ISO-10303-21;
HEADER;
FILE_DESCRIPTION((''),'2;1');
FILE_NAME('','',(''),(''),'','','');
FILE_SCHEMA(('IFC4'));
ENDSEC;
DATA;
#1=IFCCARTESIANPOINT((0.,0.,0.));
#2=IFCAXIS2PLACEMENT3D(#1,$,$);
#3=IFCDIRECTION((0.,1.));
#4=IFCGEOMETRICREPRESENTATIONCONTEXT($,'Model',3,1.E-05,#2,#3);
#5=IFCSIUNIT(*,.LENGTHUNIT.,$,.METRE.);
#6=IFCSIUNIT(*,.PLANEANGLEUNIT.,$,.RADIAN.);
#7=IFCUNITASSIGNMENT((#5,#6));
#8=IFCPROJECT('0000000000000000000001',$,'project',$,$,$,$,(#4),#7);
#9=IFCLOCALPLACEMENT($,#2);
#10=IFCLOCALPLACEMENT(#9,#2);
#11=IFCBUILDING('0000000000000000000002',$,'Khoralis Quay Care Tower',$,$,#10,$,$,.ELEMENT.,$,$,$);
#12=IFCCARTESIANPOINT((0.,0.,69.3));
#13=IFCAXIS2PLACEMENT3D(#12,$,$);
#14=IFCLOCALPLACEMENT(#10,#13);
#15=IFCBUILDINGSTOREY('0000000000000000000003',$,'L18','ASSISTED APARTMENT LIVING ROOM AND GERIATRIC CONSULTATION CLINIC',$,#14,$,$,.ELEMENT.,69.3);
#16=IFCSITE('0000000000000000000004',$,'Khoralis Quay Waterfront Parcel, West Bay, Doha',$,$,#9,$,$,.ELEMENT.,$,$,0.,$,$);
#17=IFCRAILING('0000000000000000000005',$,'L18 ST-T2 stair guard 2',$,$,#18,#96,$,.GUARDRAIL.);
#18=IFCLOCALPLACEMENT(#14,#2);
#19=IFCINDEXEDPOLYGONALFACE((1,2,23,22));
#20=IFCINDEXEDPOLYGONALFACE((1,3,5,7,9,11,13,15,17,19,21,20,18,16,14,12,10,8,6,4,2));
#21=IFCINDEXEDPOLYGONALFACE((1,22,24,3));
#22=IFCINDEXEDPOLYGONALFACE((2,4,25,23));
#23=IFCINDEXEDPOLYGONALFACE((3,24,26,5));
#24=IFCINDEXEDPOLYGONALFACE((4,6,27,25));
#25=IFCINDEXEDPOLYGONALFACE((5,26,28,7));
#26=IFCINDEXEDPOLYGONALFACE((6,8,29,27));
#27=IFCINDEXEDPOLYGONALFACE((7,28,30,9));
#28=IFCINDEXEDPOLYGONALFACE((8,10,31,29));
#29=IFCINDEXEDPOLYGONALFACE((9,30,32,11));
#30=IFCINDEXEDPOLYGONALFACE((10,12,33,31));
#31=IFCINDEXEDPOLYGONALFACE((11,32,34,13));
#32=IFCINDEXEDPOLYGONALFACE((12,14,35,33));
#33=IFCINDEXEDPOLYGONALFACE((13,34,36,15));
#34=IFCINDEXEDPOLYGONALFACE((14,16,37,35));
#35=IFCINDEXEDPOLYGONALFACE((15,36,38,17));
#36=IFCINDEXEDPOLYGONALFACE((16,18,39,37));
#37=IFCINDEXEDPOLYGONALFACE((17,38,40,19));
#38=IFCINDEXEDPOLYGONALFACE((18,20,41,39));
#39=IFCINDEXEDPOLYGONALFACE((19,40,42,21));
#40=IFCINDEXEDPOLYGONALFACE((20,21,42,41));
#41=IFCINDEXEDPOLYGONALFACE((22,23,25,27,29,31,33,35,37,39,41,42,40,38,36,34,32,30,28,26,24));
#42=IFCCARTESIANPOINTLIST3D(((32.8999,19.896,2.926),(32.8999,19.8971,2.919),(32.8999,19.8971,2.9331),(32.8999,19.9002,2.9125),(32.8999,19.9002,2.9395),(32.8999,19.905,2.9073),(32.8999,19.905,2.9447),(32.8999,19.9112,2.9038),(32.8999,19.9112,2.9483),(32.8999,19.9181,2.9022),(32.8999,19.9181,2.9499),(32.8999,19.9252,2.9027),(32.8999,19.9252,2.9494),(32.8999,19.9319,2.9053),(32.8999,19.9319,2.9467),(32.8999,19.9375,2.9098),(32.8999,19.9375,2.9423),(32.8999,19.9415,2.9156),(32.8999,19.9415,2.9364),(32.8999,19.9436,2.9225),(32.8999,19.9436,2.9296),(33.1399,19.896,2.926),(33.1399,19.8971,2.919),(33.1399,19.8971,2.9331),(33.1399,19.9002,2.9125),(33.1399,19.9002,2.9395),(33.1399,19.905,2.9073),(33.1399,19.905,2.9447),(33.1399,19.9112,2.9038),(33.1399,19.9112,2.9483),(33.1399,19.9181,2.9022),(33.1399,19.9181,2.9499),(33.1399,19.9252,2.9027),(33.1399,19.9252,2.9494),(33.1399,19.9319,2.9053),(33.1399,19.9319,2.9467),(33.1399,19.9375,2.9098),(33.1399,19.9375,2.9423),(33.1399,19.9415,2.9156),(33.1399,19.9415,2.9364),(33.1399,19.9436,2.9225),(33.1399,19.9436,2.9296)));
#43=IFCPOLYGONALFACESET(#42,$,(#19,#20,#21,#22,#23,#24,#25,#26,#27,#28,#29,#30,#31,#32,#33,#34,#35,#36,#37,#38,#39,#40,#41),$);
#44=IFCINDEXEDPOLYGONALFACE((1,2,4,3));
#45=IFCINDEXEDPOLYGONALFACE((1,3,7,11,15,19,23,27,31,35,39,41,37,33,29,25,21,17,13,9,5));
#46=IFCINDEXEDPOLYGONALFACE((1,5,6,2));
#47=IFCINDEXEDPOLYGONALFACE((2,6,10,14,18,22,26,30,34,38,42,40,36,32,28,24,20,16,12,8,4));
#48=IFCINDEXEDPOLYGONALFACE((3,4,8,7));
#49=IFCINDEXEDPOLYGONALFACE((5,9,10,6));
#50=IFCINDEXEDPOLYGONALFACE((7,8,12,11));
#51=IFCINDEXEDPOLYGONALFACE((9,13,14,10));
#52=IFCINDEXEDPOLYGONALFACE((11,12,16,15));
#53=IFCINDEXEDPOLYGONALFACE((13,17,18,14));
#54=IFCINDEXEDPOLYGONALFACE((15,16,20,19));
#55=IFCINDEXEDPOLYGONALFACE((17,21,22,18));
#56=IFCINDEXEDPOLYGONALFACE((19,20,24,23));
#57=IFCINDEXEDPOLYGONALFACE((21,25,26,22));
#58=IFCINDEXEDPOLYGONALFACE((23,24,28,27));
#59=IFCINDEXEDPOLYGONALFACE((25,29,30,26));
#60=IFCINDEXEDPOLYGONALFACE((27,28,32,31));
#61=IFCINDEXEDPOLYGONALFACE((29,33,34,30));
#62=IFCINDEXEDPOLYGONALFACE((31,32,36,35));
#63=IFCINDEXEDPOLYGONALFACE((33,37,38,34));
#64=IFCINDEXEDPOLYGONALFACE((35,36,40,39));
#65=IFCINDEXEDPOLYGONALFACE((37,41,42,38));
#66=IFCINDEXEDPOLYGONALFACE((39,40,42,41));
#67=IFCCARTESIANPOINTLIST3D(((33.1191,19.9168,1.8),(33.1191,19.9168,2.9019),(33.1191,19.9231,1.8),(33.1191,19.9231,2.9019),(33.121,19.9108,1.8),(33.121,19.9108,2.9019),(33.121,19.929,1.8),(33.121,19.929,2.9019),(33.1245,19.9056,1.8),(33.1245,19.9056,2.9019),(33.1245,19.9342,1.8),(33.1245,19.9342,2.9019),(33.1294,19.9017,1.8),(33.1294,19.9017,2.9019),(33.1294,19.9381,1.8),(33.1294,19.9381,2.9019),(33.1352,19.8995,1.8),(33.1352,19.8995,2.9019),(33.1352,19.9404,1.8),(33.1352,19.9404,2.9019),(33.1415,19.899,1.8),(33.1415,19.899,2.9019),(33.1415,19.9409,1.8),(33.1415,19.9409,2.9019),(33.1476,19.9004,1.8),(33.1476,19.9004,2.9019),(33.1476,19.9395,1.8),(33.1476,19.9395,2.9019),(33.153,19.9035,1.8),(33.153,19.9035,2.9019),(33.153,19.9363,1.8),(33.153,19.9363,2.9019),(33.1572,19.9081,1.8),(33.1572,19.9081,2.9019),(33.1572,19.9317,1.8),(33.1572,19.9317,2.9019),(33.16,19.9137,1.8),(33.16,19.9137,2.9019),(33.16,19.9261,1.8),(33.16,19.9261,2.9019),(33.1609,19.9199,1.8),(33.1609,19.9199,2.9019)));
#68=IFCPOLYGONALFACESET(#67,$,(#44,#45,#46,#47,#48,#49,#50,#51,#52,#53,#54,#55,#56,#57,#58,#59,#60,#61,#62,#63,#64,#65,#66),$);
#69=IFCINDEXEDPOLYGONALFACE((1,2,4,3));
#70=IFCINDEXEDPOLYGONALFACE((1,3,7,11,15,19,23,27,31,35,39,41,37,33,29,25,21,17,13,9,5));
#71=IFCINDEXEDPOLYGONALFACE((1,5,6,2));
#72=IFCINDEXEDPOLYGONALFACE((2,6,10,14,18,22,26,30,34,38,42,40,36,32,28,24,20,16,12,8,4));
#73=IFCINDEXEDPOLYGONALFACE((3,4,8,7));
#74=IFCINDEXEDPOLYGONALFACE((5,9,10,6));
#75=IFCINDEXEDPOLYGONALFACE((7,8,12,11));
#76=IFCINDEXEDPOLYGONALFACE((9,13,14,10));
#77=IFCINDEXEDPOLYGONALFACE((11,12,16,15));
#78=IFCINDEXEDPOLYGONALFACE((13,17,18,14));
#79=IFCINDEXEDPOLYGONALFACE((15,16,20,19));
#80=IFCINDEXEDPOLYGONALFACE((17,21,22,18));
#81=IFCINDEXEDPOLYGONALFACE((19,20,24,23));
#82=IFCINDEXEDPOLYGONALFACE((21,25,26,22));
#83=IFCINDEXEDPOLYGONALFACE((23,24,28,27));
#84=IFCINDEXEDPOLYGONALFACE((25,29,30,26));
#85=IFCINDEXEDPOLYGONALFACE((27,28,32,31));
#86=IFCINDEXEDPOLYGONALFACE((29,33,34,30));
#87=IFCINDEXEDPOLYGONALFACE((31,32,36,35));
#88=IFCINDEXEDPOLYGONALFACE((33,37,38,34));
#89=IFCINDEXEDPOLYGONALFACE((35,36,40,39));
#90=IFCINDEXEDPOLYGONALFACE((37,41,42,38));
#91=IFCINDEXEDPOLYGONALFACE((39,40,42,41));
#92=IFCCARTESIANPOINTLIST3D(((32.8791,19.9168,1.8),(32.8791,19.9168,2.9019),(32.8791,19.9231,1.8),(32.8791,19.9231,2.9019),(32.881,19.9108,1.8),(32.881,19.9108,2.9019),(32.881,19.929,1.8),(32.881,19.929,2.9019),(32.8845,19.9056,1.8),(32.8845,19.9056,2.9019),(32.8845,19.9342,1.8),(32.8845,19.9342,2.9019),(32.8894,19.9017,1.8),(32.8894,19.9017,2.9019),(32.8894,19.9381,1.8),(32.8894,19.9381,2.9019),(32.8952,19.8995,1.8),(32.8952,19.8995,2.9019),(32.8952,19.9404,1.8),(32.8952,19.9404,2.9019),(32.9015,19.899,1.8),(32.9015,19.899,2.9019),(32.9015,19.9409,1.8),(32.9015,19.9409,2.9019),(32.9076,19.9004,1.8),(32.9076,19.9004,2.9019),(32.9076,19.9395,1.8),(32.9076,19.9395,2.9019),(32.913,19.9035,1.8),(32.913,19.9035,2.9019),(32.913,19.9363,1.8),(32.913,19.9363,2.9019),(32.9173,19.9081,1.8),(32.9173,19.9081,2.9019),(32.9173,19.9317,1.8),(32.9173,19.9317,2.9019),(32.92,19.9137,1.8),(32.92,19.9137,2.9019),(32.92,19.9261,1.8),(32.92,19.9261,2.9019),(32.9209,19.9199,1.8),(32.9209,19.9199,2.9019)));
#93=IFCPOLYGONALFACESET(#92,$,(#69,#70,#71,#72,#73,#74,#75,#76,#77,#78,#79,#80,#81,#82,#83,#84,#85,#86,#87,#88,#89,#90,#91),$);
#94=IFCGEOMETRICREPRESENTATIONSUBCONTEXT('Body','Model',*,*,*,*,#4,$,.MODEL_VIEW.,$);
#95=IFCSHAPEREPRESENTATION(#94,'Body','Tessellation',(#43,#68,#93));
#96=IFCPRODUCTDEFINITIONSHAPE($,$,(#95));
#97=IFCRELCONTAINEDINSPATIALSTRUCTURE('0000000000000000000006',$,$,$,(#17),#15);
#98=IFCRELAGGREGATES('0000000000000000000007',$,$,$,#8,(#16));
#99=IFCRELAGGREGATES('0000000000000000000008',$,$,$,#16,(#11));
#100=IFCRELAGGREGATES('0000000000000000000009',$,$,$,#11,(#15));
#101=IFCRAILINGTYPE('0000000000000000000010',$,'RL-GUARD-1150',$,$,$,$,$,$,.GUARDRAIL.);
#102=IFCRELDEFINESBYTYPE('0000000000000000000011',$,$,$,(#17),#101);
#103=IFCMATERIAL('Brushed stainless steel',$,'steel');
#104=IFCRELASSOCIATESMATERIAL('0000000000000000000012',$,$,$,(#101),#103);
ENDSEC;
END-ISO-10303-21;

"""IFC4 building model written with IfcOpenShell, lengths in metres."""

from ifc_helpers import new_model, si_unit, direction, frame, origin, origin_2d, place, context, subcontext, project, spatial, circle, extrude, material, type_object, element, save


model = new_model("IFC4")

# Units and contexts
model_context = context("Model", 3, precision=1e-05, world=origin(), true_north=direction((0.0, 1.0)))
body_context = subcontext(model_context, "Body", "Model", "MODEL_VIEW")
ifc_project = project(units=[si_unit("LENGTHUNIT", "METRE"), si_unit("PLANEANGLEUNIT", "RADIAN")], contexts=[model_context])

# Site, building, storey
site_placement = place(None, origin())
site = spatial("IfcSite", under=ifc_project, at=site_placement, Name="Khoralis Quay Waterfront Parcel, West Bay, Doha", CompositionType="ELEMENT", RefElevation=0.0)
building_placement = place(site_placement, origin())
building = spatial("IfcBuilding", under=site, at=building_placement, Name="Khoralis Quay Care Tower", CompositionType="ELEMENT")
storey_placement = place(building_placement, frame((0.0, 0.0, 69.3)))
storey = spatial("IfcBuildingStorey", under=building, at=storey_placement, Name="L18", Description="ASSISTED APARTMENT LIVING ROOM AND GERIATRIC CONSULTATION CLINIC", CompositionType="ELEMENT", Elevation=69.3)

# Shared definitions
ifc_material_1 = material(Name="Brushed stainless steel", Category="steel")

# Railing
railing_type_1 = type_object("IfcRailingType", Name="RL-GUARD-1150", PredefinedType="GUARDRAIL", material=ifc_material_1)
railing_1_placement = place(storey_placement, frame((33.1399, 19.9199, 1.8)))
element("IfcRailing", 1, at=railing_1_placement, inside=storey, type_object=railing_type_1, Name="L18 ST-T2 stair guard 2", PredefinedType="GUARDRAIL", context=body_context, shape_type="SweptSolid", body=[
    extrude(circle(Radius=0.0239, at=origin_2d()), frame((0.0, 0.0, 1.126), z_axis=(-1.0, 0.0, 0.0), x_axis=(0.0, -1.0, 0.0)), (0.0, 0.0, 1.0), 0.24),
    extrude(circle(Radius=0.021, at=origin_2d()), origin(), (0.0, 0.0, 1.0), 1.1018),
    extrude(circle(Radius=0.021, at=origin_2d()), frame((-0.24, 0.0, 0.0)), (0.0, 0.0, 1.0), 1.1018),
])

save(model, "model.ifc")
